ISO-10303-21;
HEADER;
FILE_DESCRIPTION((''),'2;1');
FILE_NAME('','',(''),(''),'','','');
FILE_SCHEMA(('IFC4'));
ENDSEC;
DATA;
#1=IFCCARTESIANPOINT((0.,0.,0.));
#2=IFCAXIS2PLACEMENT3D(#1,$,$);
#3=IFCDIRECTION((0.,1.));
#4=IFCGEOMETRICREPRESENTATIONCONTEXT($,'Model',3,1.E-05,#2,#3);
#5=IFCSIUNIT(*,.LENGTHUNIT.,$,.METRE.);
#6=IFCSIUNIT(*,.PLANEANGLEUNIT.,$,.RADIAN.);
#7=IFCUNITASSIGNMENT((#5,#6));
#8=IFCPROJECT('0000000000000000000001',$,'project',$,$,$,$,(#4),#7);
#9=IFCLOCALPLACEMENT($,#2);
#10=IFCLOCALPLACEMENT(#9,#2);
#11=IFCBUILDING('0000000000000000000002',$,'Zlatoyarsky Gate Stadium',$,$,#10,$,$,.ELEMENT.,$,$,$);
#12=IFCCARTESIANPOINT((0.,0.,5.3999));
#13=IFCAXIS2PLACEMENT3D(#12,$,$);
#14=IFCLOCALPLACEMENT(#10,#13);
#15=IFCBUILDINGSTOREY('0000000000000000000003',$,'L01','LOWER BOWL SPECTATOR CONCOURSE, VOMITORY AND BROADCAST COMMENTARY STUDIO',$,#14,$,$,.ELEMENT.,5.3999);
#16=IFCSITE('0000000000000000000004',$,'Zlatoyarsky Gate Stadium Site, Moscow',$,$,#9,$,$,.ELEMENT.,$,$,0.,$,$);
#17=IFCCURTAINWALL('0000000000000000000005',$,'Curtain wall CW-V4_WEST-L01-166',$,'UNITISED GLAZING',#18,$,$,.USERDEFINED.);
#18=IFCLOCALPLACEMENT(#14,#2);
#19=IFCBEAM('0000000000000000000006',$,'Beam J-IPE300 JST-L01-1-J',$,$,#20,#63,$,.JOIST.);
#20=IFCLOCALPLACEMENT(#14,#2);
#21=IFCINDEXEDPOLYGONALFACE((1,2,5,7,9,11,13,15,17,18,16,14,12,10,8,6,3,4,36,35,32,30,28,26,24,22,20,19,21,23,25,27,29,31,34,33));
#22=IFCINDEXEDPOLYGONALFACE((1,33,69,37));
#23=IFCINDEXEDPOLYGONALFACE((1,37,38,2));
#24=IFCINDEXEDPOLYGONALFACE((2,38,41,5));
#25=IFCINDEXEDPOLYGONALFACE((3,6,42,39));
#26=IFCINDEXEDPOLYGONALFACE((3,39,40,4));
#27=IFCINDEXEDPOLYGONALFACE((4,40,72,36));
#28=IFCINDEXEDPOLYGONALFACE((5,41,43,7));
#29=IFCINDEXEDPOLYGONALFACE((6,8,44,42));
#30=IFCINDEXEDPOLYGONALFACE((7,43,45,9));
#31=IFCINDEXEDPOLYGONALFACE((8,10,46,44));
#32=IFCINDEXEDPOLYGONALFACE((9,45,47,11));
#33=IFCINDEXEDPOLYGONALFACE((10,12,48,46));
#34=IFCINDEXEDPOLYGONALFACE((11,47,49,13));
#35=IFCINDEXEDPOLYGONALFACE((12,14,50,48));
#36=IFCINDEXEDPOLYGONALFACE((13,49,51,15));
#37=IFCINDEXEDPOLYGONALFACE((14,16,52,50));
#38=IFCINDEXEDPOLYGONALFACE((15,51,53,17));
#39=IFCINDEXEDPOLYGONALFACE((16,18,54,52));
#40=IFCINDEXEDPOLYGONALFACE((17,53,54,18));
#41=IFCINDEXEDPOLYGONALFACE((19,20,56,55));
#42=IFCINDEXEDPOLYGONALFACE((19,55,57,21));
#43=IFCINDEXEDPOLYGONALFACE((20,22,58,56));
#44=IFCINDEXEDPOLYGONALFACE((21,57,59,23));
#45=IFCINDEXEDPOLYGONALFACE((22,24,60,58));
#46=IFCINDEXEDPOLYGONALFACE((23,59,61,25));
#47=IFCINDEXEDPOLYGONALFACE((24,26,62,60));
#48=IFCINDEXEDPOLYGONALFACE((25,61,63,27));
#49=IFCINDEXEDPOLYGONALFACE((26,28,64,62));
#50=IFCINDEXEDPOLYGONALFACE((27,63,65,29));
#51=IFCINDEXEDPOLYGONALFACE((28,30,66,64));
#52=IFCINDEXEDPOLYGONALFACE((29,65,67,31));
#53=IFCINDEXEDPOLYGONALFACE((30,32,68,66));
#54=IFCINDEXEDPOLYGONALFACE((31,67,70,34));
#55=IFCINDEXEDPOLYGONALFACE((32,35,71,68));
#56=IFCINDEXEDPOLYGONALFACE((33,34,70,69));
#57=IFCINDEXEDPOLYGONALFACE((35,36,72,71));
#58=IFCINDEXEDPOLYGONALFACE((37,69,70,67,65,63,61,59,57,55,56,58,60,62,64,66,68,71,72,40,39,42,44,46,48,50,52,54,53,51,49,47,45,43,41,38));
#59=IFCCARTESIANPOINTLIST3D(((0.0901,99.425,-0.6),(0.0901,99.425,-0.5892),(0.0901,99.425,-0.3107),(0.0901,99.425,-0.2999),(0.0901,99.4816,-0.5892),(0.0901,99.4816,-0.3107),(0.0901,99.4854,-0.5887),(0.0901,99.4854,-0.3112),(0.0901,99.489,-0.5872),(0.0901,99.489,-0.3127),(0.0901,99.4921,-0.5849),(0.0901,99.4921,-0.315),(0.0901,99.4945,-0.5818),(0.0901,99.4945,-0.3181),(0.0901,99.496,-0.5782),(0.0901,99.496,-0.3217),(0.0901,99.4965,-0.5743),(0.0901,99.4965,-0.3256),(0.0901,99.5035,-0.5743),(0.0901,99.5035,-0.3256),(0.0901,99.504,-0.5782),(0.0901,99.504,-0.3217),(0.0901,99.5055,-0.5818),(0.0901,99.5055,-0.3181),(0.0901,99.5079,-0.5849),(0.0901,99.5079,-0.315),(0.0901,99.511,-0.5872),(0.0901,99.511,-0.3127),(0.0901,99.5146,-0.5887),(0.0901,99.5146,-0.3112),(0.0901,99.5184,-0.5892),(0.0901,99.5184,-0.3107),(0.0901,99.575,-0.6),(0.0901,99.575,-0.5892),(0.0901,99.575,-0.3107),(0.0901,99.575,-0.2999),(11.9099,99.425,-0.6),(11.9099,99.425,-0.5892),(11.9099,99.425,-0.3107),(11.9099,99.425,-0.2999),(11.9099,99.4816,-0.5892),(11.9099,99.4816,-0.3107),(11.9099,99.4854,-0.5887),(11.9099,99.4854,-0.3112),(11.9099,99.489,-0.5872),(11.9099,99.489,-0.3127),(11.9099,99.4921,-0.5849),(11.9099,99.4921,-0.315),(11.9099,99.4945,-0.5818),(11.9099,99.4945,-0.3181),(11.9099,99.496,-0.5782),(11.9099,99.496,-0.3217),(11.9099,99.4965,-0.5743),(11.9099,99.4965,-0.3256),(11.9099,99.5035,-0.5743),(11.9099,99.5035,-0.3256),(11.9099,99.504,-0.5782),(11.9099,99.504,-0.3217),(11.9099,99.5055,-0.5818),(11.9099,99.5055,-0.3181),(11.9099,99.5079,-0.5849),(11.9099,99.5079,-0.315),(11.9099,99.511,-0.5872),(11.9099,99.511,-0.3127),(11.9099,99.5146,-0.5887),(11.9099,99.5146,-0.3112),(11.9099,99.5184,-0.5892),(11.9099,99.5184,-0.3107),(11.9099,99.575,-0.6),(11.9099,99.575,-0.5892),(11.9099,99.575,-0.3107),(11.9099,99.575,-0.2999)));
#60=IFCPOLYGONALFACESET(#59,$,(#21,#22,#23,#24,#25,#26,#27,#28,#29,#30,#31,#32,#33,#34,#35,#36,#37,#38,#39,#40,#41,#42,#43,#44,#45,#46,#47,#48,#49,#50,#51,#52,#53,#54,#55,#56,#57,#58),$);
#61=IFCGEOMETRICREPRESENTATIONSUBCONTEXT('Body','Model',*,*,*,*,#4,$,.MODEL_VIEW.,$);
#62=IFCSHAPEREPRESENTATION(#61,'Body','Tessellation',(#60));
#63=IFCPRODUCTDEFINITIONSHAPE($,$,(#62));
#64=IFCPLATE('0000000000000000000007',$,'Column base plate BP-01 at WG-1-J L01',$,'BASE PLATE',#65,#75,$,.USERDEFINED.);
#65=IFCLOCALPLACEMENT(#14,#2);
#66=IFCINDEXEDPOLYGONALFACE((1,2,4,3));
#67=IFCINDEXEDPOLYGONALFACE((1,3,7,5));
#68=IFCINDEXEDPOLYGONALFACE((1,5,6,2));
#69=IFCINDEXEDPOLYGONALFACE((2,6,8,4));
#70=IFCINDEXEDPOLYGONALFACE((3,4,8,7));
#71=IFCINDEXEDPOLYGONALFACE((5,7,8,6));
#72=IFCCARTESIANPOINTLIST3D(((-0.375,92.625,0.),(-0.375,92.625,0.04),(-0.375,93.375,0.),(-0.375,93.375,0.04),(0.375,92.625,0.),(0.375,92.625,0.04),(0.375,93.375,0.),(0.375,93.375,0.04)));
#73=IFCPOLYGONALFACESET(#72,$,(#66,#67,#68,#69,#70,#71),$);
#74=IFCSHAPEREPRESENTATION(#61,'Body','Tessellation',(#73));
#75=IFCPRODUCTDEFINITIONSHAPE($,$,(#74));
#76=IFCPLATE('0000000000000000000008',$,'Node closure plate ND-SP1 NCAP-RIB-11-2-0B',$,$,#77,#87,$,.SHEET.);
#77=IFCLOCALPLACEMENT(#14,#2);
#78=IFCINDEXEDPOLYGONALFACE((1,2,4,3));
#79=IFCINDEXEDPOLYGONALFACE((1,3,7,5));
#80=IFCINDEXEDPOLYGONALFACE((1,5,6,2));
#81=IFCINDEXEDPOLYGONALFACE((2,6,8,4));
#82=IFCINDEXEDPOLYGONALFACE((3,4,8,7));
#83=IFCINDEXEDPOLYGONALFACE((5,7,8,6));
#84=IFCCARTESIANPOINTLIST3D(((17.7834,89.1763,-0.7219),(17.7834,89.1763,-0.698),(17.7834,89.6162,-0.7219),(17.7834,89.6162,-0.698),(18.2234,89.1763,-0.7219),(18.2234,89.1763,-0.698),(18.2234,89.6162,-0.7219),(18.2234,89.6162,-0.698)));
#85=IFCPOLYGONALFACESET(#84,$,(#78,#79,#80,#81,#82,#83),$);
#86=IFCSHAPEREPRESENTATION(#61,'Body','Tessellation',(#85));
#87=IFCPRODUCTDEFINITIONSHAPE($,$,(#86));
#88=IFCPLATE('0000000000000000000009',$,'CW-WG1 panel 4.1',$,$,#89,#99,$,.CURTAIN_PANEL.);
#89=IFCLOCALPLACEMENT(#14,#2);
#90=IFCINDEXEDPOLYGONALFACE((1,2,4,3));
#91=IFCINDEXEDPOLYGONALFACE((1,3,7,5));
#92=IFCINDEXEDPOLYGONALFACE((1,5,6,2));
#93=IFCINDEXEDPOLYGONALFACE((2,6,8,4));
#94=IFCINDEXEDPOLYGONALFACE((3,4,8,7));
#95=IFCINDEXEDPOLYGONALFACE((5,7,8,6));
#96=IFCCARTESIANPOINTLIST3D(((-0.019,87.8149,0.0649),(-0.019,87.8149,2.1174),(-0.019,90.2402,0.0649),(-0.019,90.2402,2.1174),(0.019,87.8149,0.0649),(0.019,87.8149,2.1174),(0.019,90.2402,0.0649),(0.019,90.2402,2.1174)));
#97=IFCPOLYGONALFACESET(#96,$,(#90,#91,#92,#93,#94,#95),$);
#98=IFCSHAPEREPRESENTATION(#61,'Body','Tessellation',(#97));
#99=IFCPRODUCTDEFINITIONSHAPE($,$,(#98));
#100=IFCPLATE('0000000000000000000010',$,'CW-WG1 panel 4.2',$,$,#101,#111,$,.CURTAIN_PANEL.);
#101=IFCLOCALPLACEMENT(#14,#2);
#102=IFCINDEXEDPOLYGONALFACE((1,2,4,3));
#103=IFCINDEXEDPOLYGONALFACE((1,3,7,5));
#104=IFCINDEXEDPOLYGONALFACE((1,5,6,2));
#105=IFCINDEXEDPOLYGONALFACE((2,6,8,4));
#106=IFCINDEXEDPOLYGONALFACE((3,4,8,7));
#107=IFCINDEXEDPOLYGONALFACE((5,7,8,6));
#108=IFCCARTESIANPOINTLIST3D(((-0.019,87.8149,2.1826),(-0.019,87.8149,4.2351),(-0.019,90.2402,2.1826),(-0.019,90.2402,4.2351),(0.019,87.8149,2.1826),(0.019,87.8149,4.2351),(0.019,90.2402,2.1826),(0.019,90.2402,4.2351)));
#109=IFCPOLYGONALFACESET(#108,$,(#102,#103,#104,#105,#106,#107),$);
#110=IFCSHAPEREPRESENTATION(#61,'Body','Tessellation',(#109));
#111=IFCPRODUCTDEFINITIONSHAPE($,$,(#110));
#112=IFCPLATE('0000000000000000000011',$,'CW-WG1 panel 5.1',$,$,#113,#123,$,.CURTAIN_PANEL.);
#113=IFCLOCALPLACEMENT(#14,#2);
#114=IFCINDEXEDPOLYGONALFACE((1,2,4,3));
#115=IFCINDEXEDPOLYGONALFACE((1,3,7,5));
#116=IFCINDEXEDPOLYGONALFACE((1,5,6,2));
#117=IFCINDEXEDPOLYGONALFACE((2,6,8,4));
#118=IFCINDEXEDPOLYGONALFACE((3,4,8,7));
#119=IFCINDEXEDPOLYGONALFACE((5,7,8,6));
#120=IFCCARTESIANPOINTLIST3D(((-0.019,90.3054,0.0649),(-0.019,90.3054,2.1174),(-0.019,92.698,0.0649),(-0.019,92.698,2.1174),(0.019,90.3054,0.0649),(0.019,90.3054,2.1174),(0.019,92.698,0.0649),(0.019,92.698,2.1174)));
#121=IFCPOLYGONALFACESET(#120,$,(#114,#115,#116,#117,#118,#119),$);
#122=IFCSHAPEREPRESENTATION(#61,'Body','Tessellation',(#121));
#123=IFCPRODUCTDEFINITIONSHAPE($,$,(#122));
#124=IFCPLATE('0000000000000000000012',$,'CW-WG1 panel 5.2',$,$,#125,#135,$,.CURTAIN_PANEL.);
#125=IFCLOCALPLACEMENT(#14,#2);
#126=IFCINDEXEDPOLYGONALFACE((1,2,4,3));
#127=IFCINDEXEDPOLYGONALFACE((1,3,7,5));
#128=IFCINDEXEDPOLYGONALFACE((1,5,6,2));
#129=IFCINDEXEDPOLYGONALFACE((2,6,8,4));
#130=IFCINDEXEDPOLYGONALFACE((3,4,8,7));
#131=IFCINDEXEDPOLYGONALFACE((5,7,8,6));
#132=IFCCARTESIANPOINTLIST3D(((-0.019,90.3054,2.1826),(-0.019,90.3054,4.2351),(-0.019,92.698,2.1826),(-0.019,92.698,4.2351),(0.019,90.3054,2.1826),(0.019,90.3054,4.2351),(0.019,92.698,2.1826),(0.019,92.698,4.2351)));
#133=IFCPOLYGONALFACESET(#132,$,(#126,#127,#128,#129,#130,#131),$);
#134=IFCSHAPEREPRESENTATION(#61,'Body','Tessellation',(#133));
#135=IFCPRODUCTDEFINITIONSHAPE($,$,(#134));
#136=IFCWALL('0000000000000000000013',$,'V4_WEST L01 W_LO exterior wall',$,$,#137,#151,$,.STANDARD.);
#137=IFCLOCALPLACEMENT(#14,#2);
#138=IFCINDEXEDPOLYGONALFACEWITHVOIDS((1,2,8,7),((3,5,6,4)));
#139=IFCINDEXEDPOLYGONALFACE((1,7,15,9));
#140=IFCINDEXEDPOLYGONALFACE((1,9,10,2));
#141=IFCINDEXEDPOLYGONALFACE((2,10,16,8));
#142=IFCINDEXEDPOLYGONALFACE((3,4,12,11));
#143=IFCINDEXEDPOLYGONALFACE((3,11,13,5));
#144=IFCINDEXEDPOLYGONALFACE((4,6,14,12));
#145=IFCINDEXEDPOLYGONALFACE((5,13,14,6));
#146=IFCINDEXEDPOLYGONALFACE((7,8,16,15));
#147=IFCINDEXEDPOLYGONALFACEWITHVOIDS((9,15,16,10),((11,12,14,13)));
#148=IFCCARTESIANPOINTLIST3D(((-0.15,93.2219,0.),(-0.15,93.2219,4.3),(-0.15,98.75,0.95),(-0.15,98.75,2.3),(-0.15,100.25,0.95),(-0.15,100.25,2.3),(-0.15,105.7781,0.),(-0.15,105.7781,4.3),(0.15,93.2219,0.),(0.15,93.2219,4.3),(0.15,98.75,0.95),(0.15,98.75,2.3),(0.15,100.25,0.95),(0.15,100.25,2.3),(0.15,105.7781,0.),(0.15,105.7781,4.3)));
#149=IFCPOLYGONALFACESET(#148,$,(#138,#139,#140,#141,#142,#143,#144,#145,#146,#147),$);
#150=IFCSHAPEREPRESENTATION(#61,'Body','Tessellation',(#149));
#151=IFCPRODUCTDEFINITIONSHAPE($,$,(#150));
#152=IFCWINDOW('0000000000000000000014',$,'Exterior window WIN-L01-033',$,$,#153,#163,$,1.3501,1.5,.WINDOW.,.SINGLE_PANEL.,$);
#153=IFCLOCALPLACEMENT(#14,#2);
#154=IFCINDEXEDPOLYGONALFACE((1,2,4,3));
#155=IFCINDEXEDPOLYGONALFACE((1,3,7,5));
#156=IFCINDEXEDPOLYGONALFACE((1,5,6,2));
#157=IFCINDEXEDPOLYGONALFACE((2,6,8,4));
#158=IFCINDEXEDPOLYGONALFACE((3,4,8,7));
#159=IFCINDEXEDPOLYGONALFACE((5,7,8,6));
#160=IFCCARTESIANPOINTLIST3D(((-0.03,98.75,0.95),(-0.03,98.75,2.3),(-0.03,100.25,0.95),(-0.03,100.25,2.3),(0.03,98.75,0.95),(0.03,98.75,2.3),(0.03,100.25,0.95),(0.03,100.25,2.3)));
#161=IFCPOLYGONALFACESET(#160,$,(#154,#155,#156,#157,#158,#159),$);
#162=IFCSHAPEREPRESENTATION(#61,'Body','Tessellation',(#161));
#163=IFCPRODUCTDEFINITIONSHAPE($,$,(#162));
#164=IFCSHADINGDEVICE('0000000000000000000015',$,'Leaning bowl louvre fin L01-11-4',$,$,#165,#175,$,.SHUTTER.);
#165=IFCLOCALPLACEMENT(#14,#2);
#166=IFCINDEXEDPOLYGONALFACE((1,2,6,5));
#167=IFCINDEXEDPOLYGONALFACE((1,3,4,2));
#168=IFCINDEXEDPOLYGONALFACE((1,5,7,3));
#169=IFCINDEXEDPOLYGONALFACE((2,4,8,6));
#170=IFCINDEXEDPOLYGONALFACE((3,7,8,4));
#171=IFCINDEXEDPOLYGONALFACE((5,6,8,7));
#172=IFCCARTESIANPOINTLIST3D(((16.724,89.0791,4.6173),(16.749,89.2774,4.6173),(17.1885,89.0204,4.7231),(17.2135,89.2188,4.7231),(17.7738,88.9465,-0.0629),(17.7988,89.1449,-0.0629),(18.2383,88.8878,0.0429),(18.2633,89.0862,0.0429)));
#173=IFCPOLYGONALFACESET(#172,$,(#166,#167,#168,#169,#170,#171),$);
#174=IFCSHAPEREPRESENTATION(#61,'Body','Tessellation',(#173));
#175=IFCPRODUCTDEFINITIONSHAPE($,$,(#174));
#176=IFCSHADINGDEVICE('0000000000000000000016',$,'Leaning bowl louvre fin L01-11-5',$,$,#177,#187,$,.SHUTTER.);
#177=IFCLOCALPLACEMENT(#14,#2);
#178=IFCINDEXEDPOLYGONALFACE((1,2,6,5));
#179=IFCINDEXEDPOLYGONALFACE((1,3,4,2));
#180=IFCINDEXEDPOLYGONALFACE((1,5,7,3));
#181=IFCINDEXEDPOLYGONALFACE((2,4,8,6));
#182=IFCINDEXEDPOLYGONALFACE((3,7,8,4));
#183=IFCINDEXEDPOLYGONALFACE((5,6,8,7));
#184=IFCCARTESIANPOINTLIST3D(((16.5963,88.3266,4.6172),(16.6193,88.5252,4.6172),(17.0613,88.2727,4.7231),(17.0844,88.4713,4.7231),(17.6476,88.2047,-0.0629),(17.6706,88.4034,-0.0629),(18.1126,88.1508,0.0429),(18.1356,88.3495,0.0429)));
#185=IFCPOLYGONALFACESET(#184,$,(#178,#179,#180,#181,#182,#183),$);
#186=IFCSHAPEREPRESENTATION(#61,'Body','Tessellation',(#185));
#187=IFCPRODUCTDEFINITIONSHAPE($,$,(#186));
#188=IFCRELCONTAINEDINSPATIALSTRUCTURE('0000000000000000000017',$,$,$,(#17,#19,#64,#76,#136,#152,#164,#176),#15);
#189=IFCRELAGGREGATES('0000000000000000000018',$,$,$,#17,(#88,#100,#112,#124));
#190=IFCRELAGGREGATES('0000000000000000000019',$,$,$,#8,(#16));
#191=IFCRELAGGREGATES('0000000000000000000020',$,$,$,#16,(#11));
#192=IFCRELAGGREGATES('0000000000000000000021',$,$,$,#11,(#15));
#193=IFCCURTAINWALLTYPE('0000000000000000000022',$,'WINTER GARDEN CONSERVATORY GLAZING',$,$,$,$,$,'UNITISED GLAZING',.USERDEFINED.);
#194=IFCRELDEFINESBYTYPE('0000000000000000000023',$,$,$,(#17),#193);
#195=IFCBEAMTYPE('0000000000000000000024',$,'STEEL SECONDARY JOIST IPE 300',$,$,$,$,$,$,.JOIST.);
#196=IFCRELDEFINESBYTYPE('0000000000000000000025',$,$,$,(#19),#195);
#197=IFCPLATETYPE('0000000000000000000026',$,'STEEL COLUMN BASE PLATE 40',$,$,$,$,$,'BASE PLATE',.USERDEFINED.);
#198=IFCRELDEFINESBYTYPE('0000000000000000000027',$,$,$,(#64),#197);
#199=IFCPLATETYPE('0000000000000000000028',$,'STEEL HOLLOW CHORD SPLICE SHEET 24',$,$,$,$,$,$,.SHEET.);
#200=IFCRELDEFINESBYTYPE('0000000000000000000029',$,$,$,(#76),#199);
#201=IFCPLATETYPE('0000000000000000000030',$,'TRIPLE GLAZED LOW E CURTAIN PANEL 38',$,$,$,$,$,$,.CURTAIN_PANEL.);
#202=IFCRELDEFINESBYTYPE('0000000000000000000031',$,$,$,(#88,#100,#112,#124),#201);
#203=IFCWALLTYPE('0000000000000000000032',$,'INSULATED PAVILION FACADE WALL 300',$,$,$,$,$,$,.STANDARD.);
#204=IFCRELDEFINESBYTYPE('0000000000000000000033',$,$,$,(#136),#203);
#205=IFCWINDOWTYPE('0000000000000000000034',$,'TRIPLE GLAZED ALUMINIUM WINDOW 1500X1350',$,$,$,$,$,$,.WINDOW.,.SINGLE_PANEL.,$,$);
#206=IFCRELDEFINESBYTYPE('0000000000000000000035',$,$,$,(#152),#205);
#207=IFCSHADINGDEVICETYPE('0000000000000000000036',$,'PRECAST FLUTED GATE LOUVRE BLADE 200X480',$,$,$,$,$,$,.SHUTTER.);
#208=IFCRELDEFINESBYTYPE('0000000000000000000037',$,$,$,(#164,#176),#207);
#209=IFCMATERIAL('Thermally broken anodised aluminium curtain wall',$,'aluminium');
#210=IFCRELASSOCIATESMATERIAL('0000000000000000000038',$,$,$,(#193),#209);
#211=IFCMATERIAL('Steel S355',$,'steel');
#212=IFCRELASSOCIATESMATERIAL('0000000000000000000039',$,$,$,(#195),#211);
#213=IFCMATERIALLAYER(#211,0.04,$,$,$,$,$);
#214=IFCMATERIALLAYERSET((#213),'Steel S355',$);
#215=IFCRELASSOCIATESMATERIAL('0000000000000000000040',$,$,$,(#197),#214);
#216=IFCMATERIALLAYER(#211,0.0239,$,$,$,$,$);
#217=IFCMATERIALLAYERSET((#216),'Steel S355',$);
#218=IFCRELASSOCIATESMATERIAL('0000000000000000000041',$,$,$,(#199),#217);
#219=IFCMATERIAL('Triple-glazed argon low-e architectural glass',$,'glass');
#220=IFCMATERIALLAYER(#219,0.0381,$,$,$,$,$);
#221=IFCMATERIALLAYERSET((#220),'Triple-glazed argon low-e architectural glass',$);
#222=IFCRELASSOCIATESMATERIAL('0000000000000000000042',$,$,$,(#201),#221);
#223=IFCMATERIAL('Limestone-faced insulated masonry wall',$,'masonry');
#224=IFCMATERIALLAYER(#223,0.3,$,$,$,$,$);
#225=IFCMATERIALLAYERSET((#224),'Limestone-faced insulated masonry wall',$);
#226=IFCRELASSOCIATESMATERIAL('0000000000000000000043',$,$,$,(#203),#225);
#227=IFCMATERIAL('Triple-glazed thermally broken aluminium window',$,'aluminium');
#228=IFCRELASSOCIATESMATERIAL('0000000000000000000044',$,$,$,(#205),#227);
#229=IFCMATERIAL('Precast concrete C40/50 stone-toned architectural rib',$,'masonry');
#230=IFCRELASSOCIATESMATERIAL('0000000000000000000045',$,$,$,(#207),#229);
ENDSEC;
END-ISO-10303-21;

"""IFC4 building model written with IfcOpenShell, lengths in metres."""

from ifc_helpers import new_model, si_unit, direction, frame, frame_2d, origin, origin_2d, place, context, subcontext, project, spatial, rectangle, i_section, extrude, material, layer, layer_set, material_profile, profile_set, type_object, element, fill, aggregate, save


model = new_model("IFC4")

# Units and contexts
model_context = context("Model", 3, precision=1e-05, world=origin(), true_north=direction((0.0, 1.0)))
body_context = subcontext(model_context, "Body", "Model", "MODEL_VIEW")
ifc_project = project(units=[si_unit("LENGTHUNIT", "METRE"), si_unit("PLANEANGLEUNIT", "RADIAN")], contexts=[model_context])

# Site, building, storey
site_placement = place(None, origin())
site = spatial("IfcSite", under=ifc_project, at=site_placement, Name="Zlatoyarsky Gate Stadium Site, Moscow", CompositionType="ELEMENT", RefElevation=0.0)
building_placement = place(site_placement, origin())
building = spatial("IfcBuilding", under=site, at=building_placement, Name="Zlatoyarsky Gate Stadium", CompositionType="ELEMENT")
storey_placement = place(building_placement, frame((0.0, 0.0, 5.3999)))
storey = spatial("IfcBuildingStorey", under=building, at=storey_placement, Name="L01", Description="LOWER BOWL SPECTATOR CONCOURSE, VOMITORY AND BROADCAST COMMENTARY STUDIO", CompositionType="ELEMENT", Elevation=5.3999)

# Shared definitions
ifc_material_1 = material(Name="Steel S355", Category="steel")

# Curtain wall
ifc_material_2 = material(Name="Thermally broken anodised aluminium curtain wall", Category="aluminium")
curtain_wall_type = type_object("IfcCurtainWallType", Name="WINTER GARDEN CONSERVATORY GLAZING", ElementType="UNITISED GLAZING", PredefinedType="USERDEFINED", material=ifc_material_2)
curtain_wall_placement = place(storey_placement, origin())
curtain_wall = element("IfcCurtainWall", 1, at=curtain_wall_placement, inside=storey, type_object=curtain_wall_type, Name="Curtain wall CW-V4_WEST-L01-166", ObjectType="UNITISED GLAZING", PredefinedType="USERDEFINED")

# Beam
ifc_material_profile_1 = material_profile(ifc_material_1, i_section(OverallWidth=0.1499, OverallDepth=0.3, WebThickness=0.0071, FlangeThickness=0.0107, FilletRadius=0.0149, at=origin_2d()), Name="IPE 300")
ifc_profile_set_1 = profile_set([ifc_material_profile_1], Name="Steel S355")
beam_type_1 = type_object("IfcBeamType", Name="STEEL SECONDARY JOIST IPE 300", PredefinedType="JOIST", material=ifc_profile_set_1)
beam_1_placement = place(storey_placement, frame((0.0901, 99.5, -0.45), z_axis=(1.0, 0.0, 0.0), x_axis=(0.0, 1.0, 0.0)))
element("IfcBeam", 2, at=beam_1_placement, inside=storey, type_object=beam_type_1, Name="Beam J-IPE300 JST-L01-1-J", PredefinedType="JOIST", context=body_context, shape_type="SweptSolid", body=[
    extrude(i_section(OverallWidth=0.1499, OverallDepth=0.3, WebThickness=0.0071, FlangeThickness=0.0107, FilletRadius=0.0149, at=origin_2d()), origin(), (0.0, 0.0, 1.0), 11.8198),
])

# Plates
ifc_layer_1 = layer(ifc_material_1, 0.04)
ifc_layer_set_1 = layer_set([ifc_layer_1], Name="Steel S355")
plate_type_1 = type_object("IfcPlateType", Name="STEEL COLUMN BASE PLATE 40", ElementType="BASE PLATE", PredefinedType="USERDEFINED", material=ifc_layer_set_1)
plate_1_placement = place(storey_placement, frame((0.0, 93.0, 0.0), z_axis=(0.0, 0.0, 1.0), x_axis=(1.0, 0.0, 0.0)))
element("IfcPlate", 3, at=plate_1_placement, inside=storey, type_object=plate_type_1, Name="Column base plate BP-01 at WG-1-J L01", ObjectType="BASE PLATE", PredefinedType="USERDEFINED", context=body_context, shape_type="SweptSolid", body=[
    extrude(rectangle(XDim=0.75, YDim=0.75, at=origin_2d()), origin(), (0.0, 0.0, 1.0), 0.04),
])
ifc_layer_2 = layer(ifc_material_1, 0.0239)
ifc_layer_set_2 = layer_set([ifc_layer_2], Name="Steel S355")
plate_type_2 = type_object("IfcPlateType", Name="STEEL HOLLOW CHORD SPLICE SHEET 24", PredefinedType="SHEET", material=ifc_layer_set_2)
plate_2_placement = place(storey_placement, frame((18.0034, 89.3962, -0.7219), z_axis=(0.0, 0.0, 1.0), x_axis=(1.0, 0.0, 0.0)))
element("IfcPlate", 4, at=plate_2_placement, inside=storey, type_object=plate_type_2, Name="Node closure plate ND-SP1 NCAP-RIB-11-2-0B", PredefinedType="SHEET", context=body_context, shape_type="SweptSolid", body=[
    extrude(rectangle(XDim=0.4399, YDim=0.4399, at=origin_2d()), origin(), (0.0, 0.0, 1.0), 0.0239),
])

# Plates
ifc_material_3 = material(Name="Triple-glazed argon low-e architectural glass", Category="glass")
ifc_layer_3 = layer(ifc_material_3, 0.0381)
ifc_layer_set_3 = layer_set([ifc_layer_3], Name="Triple-glazed argon low-e architectural glass")
plate_type_3 = type_object("IfcPlateType", Name="TRIPLE GLAZED LOW E CURTAIN PANEL 38", PredefinedType="CURTAIN_PANEL", material=ifc_layer_set_3)
plate_3_placement = place(storey_placement, frame((0.0, 89.0276, 0.0649), z_axis=(0.0, 0.0, 1.0), x_axis=(0.0, 1.0, 0.0)))
plate_3 = element("IfcPlate", 5, at=plate_3_placement, type_object=plate_type_3, Name="CW-WG1 panel 4.1", PredefinedType="CURTAIN_PANEL", context=body_context, shape_type="SweptSolid", body=[
    extrude(rectangle(XDim=2.4253, YDim=0.0381, at=origin_2d()), origin(), (0.0, 0.0, 1.0), 2.0525),
])
plate_4_placement = place(storey_placement, frame((0.0, 89.0276, 2.1826), z_axis=(0.0, 0.0, 1.0), x_axis=(0.0, 1.0, 0.0)))
plate_4 = element("IfcPlate", 6, at=plate_4_placement, type_object=plate_type_3, Name="CW-WG1 panel 4.2", PredefinedType="CURTAIN_PANEL", context=body_context, shape_type="SweptSolid", body=[
    extrude(rectangle(XDim=2.4253, YDim=0.0381, at=origin_2d()), origin(), (0.0, 0.0, 1.0), 2.0525),
])
plate_5_placement = place(storey_placement, frame((0.0, 91.5017, 0.0649), z_axis=(0.0, 0.0, 1.0), x_axis=(0.0, 1.0, 0.0)))
plate_5 = element("IfcPlate", 7, at=plate_5_placement, type_object=plate_type_3, Name="CW-WG1 panel 5.1", PredefinedType="CURTAIN_PANEL", context=body_context, shape_type="SweptSolid", body=[
    extrude(rectangle(XDim=2.3926, YDim=0.0381, at=origin_2d()), origin(), (0.0, 0.0, 1.0), 2.0525),
])
plate_6_placement = place(storey_placement, frame((0.0, 91.5017, 2.1826), z_axis=(0.0, 0.0, 1.0), x_axis=(0.0, 1.0, 0.0)))
plate_6 = element("IfcPlate", 8, at=plate_6_placement, type_object=plate_type_3, Name="CW-WG1 panel 5.2", PredefinedType="CURTAIN_PANEL", context=body_context, shape_type="SweptSolid", body=[
    extrude(rectangle(XDim=2.3926, YDim=0.0381, at=origin_2d()), origin(), (0.0, 0.0, 1.0), 2.0525),
])
aggregate(curtain_wall, [plate_3, plate_4, plate_5, plate_6])

# Wall, opening, window
ifc_material_4 = material(Name="Limestone-faced insulated masonry wall", Category="masonry")
ifc_layer_4 = layer(ifc_material_4, 0.3)
ifc_layer_set_4 = layer_set([ifc_layer_4], Name="Limestone-faced insulated masonry wall")
wall_type = type_object("IfcWallType", Name="INSULATED PAVILION FACADE WALL 300", PredefinedType="STANDARD", material=ifc_layer_set_4)
wall_placement = place(storey_placement, frame((0.0, 93.2219, 0.0), z_axis=(0.0, 0.0, 1.0), x_axis=(0.0, 1.0, 0.0)))
wall = element("IfcWall", 9, at=wall_placement, inside=storey, type_object=wall_type, Name="V4_WEST L01 W_LO exterior wall", PredefinedType="STANDARD", context=body_context, shape_type="SweptSolid", body=[
    extrude(rectangle(XDim=12.5562, YDim=0.3, at=frame_2d((6.2781, 0.0))), origin(), (0.0, 0.0, 1.0), 4.3),
])
opening_placement = place(wall_placement, frame((5.5281, 0.0, 0.95)))
opening = element("IfcOpeningElement", 10, at=opening_placement, cuts=wall, PredefinedType="OPENING", context=body_context, shape_type="SweptSolid", body=[
    extrude(rectangle(XDim=1.5, YDim=1.3501, at=frame_2d((0.75, 0.675))), frame((0.0, 0.1599, 0.0), z_axis=(0.0, -1.0, 0.0), x_axis=(1.0, 0.0, 0.0)), (0.0, 0.0, 1.0), 0.3201),
])
ifc_material_5 = material(Name="Triple-glazed thermally broken aluminium window", Category="aluminium")
window_type = type_object("IfcWindowType", Name="TRIPLE GLAZED ALUMINIUM WINDOW 1500X1350", PartitioningType="SINGLE_PANEL", PredefinedType="WINDOW", material=ifc_material_5)
window_placement = place(opening_placement, origin())
window = element("IfcWindow", 11, at=window_placement, inside=storey, type_object=window_type, Name="Exterior window WIN-L01-033", OverallHeight=1.3501, OverallWidth=1.5, PartitioningType="SINGLE_PANEL", PredefinedType="WINDOW", context=body_context, shape_type="SweptSolid", body=[
    extrude(rectangle(XDim=1.5, YDim=1.3501, at=frame_2d((0.75, 0.675))), frame((0.0, 0.03, 0.0), z_axis=(0.0, -1.0, 0.0), x_axis=(1.0, 0.0, 0.0)), (0.0, 0.0, 1.0), 0.0601),
])
fill(opening, window)

# Shading devices
ifc_material_6 = material(Name="Precast concrete C40/50 stone-toned architectural rib", Category="masonry")
ifc_material_profile_2 = material_profile(ifc_material_6, rectangle(XDim=0.2, YDim=0.48, at=origin_2d()), Name="RIB 200X480")
ifc_profile_set_2 = profile_set([ifc_material_profile_2], Name="Precast concrete C40/50 stone-toned architectural rib")
shading_device_type = type_object("IfcShadingDeviceType", Name="PRECAST FLUTED GATE LOUVRE BLADE 200X480", PredefinedType="SHUTTER", material=ifc_profile_set_2)
for number, where, z_axis, x_axis, name in (
    (12, (18.0186, 89.0164, -0.01), (-0.218787, 0.027628, 0.975382), (-0.125284, -0.992121, 0.0), "Leaning bowl louvre fin L01-11-4"),
    (13, (17.8916, 88.2771, -0.01), (-0.21909, 0.025389, 0.975374), (-0.115114, -0.993352, 0.0), "Leaning bowl louvre fin L01-11-5"),
):
    element("IfcShadingDevice", number, at=place(storey_placement, frame(where, z_axis=z_axis, x_axis=x_axis)), inside=storey, type_object=shading_device_type, Name=name, PredefinedType="SHUTTER", context=body_context, shape_type="SweptSolid", body=[
        extrude(rectangle(XDim=0.2, YDim=0.48, at=origin_2d()), origin(), (0.0, 0.0, 1.0), 4.7983),
    ])

save(model, "model.ifc")
